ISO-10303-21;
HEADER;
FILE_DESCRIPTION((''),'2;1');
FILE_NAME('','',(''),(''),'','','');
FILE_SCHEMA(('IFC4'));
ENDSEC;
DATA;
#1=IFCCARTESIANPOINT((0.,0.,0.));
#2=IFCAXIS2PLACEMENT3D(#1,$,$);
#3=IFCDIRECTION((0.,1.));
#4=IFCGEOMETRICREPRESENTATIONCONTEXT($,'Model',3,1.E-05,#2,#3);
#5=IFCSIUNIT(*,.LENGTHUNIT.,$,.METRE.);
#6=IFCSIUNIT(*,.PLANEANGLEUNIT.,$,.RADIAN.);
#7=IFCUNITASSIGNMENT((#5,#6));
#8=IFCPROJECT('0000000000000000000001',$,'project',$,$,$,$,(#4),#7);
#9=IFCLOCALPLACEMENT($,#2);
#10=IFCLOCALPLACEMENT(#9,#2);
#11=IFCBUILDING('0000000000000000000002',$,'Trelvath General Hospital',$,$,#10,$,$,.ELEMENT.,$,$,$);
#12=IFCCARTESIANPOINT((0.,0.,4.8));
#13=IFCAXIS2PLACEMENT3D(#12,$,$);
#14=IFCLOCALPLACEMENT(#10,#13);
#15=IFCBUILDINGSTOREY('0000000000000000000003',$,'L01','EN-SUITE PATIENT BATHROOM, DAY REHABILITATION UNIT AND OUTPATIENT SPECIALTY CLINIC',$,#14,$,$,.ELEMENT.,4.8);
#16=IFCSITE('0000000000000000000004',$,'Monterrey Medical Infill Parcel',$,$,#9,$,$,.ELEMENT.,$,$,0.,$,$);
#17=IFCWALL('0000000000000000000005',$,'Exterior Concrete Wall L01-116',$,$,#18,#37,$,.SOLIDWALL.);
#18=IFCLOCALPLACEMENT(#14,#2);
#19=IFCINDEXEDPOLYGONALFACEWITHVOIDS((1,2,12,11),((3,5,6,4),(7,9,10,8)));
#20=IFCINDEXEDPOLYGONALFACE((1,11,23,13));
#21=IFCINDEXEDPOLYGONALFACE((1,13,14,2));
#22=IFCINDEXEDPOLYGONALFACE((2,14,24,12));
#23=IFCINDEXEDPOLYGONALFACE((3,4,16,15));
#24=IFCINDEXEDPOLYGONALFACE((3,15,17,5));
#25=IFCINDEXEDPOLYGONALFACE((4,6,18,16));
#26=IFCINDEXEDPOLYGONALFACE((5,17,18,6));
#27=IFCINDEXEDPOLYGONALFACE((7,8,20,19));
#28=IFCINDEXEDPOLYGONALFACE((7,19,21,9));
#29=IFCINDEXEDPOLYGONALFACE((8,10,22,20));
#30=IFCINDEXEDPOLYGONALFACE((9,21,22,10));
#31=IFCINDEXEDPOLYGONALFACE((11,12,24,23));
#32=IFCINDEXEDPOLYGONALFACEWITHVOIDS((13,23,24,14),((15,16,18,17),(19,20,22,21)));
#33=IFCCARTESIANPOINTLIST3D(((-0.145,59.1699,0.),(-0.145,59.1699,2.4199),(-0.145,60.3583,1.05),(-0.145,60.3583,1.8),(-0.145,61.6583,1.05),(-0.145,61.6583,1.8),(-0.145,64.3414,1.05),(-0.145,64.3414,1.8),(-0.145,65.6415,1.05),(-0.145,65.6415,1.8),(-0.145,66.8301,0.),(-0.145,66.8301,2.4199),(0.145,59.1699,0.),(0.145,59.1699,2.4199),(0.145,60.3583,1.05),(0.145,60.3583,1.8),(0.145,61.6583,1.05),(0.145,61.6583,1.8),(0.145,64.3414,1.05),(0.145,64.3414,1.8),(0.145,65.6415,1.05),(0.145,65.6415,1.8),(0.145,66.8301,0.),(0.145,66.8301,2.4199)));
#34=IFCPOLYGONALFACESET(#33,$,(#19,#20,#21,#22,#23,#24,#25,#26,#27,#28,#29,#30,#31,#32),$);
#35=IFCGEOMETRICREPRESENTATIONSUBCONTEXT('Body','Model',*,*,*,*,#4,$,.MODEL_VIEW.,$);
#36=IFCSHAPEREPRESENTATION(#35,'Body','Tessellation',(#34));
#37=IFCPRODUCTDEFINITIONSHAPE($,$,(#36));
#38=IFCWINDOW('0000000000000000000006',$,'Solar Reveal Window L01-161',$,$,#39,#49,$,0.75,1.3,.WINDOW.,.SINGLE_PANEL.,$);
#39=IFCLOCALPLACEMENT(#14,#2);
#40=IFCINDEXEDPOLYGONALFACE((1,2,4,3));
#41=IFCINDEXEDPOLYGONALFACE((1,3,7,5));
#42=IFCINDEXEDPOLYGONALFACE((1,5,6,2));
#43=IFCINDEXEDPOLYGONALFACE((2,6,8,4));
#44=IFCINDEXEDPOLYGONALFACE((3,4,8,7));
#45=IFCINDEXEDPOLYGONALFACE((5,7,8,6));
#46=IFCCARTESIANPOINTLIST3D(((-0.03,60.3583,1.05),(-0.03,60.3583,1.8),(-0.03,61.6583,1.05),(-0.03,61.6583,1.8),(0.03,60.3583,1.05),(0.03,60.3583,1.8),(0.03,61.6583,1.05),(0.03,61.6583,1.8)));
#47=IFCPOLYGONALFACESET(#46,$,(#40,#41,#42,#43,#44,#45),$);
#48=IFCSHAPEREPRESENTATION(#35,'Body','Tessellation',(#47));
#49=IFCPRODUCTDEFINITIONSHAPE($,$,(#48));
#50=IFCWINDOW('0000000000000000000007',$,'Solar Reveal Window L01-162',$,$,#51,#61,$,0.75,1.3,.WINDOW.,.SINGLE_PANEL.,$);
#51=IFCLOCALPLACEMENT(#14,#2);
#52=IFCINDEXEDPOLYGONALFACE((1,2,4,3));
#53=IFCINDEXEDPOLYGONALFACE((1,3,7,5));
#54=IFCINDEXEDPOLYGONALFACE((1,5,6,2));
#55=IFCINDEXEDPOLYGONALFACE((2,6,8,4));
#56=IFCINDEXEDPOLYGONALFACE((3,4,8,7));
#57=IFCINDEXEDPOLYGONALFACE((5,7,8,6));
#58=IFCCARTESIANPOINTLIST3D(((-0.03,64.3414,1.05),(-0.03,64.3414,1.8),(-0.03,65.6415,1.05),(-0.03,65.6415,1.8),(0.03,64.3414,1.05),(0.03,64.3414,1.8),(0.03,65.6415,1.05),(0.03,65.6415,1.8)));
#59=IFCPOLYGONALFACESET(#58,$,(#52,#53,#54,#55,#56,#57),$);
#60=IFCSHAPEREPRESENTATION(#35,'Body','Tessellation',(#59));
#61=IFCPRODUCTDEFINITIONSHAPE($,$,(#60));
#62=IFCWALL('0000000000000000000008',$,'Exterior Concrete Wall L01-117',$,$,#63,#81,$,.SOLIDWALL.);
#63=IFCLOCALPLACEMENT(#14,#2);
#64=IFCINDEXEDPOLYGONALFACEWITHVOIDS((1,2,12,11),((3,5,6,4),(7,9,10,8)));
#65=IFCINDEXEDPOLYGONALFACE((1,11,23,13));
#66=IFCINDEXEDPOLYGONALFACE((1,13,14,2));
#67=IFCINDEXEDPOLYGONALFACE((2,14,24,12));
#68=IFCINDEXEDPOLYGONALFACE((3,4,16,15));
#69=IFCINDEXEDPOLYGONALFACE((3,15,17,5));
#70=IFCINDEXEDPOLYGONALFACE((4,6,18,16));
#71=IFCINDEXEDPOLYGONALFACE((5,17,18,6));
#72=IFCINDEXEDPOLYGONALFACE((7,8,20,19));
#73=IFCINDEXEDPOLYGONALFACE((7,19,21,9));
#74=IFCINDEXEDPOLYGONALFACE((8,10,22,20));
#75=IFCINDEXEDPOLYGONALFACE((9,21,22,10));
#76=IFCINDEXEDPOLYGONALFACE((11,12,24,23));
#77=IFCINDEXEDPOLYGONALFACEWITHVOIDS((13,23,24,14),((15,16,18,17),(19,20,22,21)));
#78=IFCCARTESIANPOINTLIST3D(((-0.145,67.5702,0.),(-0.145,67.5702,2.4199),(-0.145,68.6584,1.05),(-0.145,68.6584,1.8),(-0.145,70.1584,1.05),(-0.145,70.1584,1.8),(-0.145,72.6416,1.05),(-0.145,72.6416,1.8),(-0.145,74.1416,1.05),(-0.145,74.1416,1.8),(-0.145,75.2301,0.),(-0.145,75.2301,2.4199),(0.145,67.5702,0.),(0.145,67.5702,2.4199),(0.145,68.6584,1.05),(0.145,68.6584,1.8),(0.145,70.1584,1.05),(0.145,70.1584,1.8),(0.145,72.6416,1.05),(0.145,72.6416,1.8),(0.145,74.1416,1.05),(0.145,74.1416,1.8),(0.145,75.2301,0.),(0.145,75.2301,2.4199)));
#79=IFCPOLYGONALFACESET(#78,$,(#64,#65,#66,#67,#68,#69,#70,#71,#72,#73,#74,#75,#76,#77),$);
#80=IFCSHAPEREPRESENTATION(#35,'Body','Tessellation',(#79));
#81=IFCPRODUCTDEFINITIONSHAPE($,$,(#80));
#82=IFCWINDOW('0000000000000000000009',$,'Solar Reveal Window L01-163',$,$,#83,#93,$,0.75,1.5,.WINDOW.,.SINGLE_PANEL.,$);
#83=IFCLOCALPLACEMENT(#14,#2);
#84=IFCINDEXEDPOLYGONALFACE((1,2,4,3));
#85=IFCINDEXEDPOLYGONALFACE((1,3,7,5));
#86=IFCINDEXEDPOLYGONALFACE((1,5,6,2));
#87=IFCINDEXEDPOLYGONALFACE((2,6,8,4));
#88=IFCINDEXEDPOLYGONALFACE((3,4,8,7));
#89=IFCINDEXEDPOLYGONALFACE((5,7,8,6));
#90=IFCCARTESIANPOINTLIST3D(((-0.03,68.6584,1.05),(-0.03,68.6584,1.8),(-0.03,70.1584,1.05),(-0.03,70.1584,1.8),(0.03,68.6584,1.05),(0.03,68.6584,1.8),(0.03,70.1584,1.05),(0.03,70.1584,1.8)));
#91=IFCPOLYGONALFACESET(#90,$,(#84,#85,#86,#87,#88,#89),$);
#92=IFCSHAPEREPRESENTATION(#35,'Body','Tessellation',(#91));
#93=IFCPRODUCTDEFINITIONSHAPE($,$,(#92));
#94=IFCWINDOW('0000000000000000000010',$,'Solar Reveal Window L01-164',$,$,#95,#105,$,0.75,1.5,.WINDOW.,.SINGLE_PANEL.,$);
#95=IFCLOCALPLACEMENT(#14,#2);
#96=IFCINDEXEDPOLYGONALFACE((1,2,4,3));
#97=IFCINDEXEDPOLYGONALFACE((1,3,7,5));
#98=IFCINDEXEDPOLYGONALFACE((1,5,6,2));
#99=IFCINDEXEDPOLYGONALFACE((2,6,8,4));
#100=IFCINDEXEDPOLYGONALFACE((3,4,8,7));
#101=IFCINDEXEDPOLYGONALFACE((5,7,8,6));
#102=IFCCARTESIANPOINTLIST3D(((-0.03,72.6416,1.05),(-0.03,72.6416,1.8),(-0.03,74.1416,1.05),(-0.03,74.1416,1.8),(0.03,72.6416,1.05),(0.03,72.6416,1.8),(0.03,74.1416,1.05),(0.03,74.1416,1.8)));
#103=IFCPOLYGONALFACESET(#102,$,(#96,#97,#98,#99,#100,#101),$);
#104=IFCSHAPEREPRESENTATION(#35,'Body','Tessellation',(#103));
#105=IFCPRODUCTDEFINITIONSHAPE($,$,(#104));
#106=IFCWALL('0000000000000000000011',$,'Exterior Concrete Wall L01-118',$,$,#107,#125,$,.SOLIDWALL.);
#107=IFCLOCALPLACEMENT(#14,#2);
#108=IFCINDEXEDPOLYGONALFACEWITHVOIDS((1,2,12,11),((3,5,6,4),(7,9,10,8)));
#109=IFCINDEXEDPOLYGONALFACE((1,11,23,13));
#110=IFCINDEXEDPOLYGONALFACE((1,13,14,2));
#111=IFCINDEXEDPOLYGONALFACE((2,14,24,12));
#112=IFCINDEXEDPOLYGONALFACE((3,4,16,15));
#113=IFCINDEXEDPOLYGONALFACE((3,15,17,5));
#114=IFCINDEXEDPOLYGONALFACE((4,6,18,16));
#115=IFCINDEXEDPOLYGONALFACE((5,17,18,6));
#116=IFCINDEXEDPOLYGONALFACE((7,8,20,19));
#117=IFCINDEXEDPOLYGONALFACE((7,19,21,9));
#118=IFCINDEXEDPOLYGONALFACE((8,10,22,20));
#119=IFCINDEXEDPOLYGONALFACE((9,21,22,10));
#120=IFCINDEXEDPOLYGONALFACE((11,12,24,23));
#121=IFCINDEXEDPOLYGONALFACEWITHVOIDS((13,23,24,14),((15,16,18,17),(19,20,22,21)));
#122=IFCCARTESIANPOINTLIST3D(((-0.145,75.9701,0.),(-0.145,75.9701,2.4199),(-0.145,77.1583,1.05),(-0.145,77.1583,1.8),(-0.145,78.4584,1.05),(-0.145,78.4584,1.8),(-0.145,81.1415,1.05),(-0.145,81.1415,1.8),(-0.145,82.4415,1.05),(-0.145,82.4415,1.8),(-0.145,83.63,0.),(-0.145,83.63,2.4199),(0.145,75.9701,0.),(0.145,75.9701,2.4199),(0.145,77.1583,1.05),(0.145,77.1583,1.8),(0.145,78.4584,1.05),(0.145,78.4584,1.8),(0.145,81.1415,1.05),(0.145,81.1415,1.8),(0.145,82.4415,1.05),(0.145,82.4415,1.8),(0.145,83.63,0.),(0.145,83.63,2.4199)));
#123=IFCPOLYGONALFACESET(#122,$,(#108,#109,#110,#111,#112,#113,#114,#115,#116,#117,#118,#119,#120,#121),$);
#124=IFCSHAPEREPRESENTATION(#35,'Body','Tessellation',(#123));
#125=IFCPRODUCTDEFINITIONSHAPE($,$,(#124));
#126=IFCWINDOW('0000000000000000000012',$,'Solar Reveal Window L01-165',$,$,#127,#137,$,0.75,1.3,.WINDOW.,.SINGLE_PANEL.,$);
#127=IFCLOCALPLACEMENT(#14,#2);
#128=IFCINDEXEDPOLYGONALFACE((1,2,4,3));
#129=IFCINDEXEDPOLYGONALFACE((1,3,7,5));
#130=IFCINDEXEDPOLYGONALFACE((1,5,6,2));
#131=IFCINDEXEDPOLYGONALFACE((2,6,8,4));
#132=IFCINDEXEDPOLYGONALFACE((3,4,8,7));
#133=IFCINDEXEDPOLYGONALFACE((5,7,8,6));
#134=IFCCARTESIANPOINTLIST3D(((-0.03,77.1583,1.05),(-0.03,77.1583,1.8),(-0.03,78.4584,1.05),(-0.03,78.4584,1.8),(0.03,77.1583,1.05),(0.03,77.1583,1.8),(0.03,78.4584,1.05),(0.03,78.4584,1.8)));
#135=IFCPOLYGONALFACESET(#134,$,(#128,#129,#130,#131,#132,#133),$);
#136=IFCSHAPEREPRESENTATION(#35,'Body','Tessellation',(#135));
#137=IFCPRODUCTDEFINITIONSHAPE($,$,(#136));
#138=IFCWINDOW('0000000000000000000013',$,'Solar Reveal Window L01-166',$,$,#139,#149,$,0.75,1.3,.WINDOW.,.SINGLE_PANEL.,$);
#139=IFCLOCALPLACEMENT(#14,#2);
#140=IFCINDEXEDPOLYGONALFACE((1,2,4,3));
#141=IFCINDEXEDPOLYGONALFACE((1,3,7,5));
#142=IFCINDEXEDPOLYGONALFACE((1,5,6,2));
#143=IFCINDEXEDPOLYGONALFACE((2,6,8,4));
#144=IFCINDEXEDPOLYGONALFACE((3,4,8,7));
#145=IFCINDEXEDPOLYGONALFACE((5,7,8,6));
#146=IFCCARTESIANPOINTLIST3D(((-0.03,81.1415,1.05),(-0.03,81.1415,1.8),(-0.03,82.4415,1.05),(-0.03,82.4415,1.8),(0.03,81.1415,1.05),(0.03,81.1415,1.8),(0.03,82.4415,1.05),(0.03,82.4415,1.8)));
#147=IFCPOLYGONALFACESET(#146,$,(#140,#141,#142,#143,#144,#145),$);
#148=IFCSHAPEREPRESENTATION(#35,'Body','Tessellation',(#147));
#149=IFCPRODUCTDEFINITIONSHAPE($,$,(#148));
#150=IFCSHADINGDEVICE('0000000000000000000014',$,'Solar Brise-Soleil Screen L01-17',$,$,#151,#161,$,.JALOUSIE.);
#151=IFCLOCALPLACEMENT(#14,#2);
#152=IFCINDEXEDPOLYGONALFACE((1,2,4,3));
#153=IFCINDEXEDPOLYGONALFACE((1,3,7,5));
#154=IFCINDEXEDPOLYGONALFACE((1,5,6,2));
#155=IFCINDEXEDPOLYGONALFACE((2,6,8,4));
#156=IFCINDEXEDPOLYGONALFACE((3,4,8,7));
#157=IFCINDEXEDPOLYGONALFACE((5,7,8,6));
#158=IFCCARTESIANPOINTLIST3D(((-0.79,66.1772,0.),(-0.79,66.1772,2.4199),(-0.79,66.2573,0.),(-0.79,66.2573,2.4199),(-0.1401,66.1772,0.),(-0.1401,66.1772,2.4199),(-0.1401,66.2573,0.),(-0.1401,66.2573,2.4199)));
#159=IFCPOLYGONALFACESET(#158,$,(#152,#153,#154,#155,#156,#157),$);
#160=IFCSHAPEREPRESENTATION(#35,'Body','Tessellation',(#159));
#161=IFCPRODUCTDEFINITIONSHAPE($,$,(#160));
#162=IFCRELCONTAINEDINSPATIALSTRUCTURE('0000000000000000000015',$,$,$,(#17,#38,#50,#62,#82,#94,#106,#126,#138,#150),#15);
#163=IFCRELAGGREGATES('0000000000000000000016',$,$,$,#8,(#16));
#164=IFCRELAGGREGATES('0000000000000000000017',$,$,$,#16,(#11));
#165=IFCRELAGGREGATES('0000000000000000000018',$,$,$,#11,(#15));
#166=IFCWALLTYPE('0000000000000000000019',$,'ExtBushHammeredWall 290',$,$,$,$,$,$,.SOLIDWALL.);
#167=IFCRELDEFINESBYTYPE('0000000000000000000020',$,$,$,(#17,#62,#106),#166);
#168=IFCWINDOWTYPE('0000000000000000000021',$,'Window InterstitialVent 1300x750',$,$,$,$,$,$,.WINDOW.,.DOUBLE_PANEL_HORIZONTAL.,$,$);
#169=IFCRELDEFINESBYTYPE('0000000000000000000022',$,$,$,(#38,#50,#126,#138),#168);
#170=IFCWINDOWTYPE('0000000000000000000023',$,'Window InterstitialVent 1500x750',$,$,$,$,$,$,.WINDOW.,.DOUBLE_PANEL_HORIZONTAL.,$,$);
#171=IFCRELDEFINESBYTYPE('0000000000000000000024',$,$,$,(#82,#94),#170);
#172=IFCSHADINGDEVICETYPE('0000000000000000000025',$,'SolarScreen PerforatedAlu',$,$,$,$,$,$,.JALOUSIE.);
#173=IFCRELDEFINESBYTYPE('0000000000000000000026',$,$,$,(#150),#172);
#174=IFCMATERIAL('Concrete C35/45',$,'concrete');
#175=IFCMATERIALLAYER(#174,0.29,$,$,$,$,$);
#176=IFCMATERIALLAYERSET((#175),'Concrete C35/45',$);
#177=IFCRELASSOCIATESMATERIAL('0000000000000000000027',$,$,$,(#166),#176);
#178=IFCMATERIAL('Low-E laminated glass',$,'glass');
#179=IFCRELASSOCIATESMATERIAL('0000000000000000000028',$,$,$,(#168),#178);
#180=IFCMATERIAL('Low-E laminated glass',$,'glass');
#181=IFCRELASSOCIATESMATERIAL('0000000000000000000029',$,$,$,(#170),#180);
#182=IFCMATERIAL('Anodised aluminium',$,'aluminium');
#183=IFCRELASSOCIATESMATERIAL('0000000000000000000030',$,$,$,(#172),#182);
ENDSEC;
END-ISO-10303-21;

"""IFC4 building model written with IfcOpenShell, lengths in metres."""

from ifc_helpers import new_model, si_unit, direction, frame, frame_2d, origin, origin_2d, place, context, subcontext, project, spatial, rectangle, extrude, material, layer, layer_set, type_object, element, fill, save


model = new_model("IFC4")

# Units and contexts
model_context = context("Model", 3, precision=1e-05, world=origin(), true_north=direction((0.0, 1.0)))
body_context = subcontext(model_context, "Body", "Model", "MODEL_VIEW")
ifc_project = project(units=[si_unit("LENGTHUNIT", "METRE"), si_unit("PLANEANGLEUNIT", "RADIAN")], contexts=[model_context])

# Site, building, storey
site_placement = place(None, origin())
site = spatial("IfcSite", under=ifc_project, at=site_placement, Name="Monterrey Medical Infill Parcel", CompositionType="ELEMENT", RefElevation=0.0)
building_placement = place(site_placement, origin())
building = spatial("IfcBuilding", under=site, at=building_placement, Name="Trelvath General Hospital", CompositionType="ELEMENT")
storey_placement = place(building_placement, frame((0.0, 0.0, 4.8)))
storey = spatial("IfcBuildingStorey", under=building, at=storey_placement, Name="L01", Description="EN-SUITE PATIENT BATHROOM, DAY REHABILITATION UNIT AND OUTPATIENT SPECIALTY CLINIC", CompositionType="ELEMENT", Elevation=4.8)

# Walls, openings, windows
ifc_material_1 = material(Name="Concrete C35/45", Category="concrete")
ifc_layer_1 = layer(ifc_material_1, 0.29)
ifc_layer_set_1 = layer_set([ifc_layer_1], Name="Concrete C35/45")
wall_type_1 = type_object("IfcWallType", Name="ExtBushHammeredWall 290", PredefinedType="SOLIDWALL", material=ifc_layer_set_1)
wall_1_placement = place(storey_placement, frame((0.0, 59.1699, 0.0), z_axis=(0.0, 0.0, 1.0), x_axis=(0.0, 1.0, 0.0)))
wall_1 = element("IfcWall", 1, at=wall_1_placement, inside=storey, type_object=wall_type_1, Name="Exterior Concrete Wall L01-116", PredefinedType="SOLIDWALL", context=body_context, shape_type="SweptSolid", body=[
    extrude(rectangle(XDim=7.6602, YDim=0.29, at=frame_2d((3.8301, 0.0))), origin(), (0.0, 0.0, 1.0), 2.4199),
])
opening_1_placement = place(wall_1_placement, frame((1.1885, 0.0, 1.05)))
opening_1 = element("IfcOpeningElement", 2, at=opening_1_placement, cuts=wall_1, PredefinedType="OPENING", context=body_context, shape_type="SweptSolid", body=[
    extrude(rectangle(XDim=1.3, YDim=0.75, at=frame_2d((0.6499, 0.375))), frame((0.0, 0.155, 0.0), z_axis=(0.0, -1.0, 0.0), x_axis=(1.0, 0.0, 0.0)), (0.0, 0.0, 1.0), 0.3101),
])
opening_2_placement = place(wall_1_placement, frame((5.1716, 0.0, 1.05)))
opening_2 = element("IfcOpeningElement", 3, at=opening_2_placement, cuts=wall_1, PredefinedType="OPENING", context=body_context, shape_type="SweptSolid", body=[
    extrude(rectangle(XDim=1.3, YDim=0.75, at=frame_2d((0.6499, 0.375))), frame((0.0, 0.155, 0.0), z_axis=(0.0, -1.0, 0.0), x_axis=(1.0, 0.0, 0.0)), (0.0, 0.0, 1.0), 0.3101),
])
ifc_material_2 = material(Name="Low-E laminated glass", Category="glass")
window_type_1 = type_object("IfcWindowType", Name="Window InterstitialVent 1300x750", PartitioningType="DOUBLE_PANEL_HORIZONTAL", PredefinedType="WINDOW", material=ifc_material_2)
window_1_placement = place(opening_1_placement, origin())
window_1 = element("IfcWindow", 4, at=window_1_placement, inside=storey, type_object=window_type_1, Name="Solar Reveal Window L01-161", OverallHeight=0.75, OverallWidth=1.3, PartitioningType="SINGLE_PANEL", PredefinedType="WINDOW", context=body_context, shape_type="SweptSolid", body=[
    extrude(rectangle(XDim=1.3, YDim=0.75, at=frame_2d((0.6499, 0.375))), frame((0.0, 0.03, 0.0), z_axis=(0.0, -1.0, 0.0), x_axis=(1.0, 0.0, 0.0)), (0.0, 0.0, 1.0), 0.0601),
])
fill(opening_1, window_1)
window_2_placement = place(opening_2_placement, origin())
window_2 = element("IfcWindow", 5, at=window_2_placement, inside=storey, type_object=window_type_1, Name="Solar Reveal Window L01-162", OverallHeight=0.75, OverallWidth=1.3, PartitioningType="SINGLE_PANEL", PredefinedType="WINDOW", context=body_context, shape_type="SweptSolid", body=[
    extrude(rectangle(XDim=1.3, YDim=0.75, at=frame_2d((0.6499, 0.375))), frame((0.0, 0.03, 0.0), z_axis=(0.0, -1.0, 0.0), x_axis=(1.0, 0.0, 0.0)), (0.0, 0.0, 1.0), 0.0601),
])
fill(opening_2, window_2)
wall_2_placement = place(storey_placement, frame((0.0, 67.5701, 0.0), z_axis=(0.0, 0.0, 1.0), x_axis=(0.0, 1.0, 0.0)))
wall_2 = element("IfcWall", 6, at=wall_2_placement, inside=storey, type_object=wall_type_1, Name="Exterior Concrete Wall L01-117", PredefinedType="SOLIDWALL", context=body_context, shape_type="SweptSolid", body=[
    extrude(rectangle(XDim=7.6599, YDim=0.29, at=frame_2d((3.8301, 0.0))), origin(), (0.0, 0.0, 1.0), 2.4199),
])
opening_3_placement = place(wall_2_placement, frame((1.0884, 0.0, 1.05)))
opening_3 = element("IfcOpeningElement", 7, at=opening_3_placement, cuts=wall_2, PredefinedType="OPENING", context=body_context, shape_type="SweptSolid", body=[
    extrude(rectangle(XDim=1.5, YDim=0.75, at=frame_2d((0.75, 0.375))), frame((0.0, 0.155, 0.0), z_axis=(0.0, -1.0, 0.0), x_axis=(1.0, 0.0, 0.0)), (0.0, 0.0, 1.0), 0.3101),
])
opening_4_placement = place(wall_2_placement, frame((5.0715, 0.0, 1.05)))
opening_4 = element("IfcOpeningElement", 8, at=opening_4_placement, cuts=wall_2, PredefinedType="OPENING", context=body_context, shape_type="SweptSolid", body=[
    extrude(rectangle(XDim=1.5, YDim=0.75, at=frame_2d((0.75, 0.375))), frame((0.0, 0.155, 0.0), z_axis=(0.0, -1.0, 0.0), x_axis=(1.0, 0.0, 0.0)), (0.0, 0.0, 1.0), 0.3101),
])
ifc_material_3 = material(Name="Low-E laminated glass", Category="glass")
window_type_2 = type_object("IfcWindowType", Name="Window InterstitialVent 1500x750", PartitioningType="DOUBLE_PANEL_HORIZONTAL", PredefinedType="WINDOW", material=ifc_material_3)
window_3_placement = place(opening_3_placement, origin())
window_3 = element("IfcWindow", 9, at=window_3_placement, inside=storey, type_object=window_type_2, Name="Solar Reveal Window L01-163", OverallHeight=0.75, OverallWidth=1.5, PartitioningType="SINGLE_PANEL", PredefinedType="WINDOW", context=body_context, shape_type="SweptSolid", body=[
    extrude(rectangle(XDim=1.5, YDim=0.75, at=frame_2d((0.75, 0.375))), frame((0.0, 0.03, 0.0), z_axis=(0.0, -1.0, 0.0), x_axis=(1.0, 0.0, 0.0)), (0.0, 0.0, 1.0), 0.0601),
])
fill(opening_3, window_3)
window_4_placement = place(opening_4_placement, origin())
window_4 = element("IfcWindow", 10, at=window_4_placement, inside=storey, type_object=window_type_2, Name="Solar Reveal Window L01-164", OverallHeight=0.75, OverallWidth=1.5, PartitioningType="SINGLE_PANEL", PredefinedType="WINDOW", context=body_context, shape_type="SweptSolid", body=[
    extrude(rectangle(XDim=1.5, YDim=0.75, at=frame_2d((0.75, 0.375))), frame((0.0, 0.03, 0.0), z_axis=(0.0, -1.0, 0.0), x_axis=(1.0, 0.0, 0.0)), (0.0, 0.0, 1.0), 0.0601),
])
fill(opening_4, window_4)
wall_3_placement = place(storey_placement, frame((0.0, 75.97, 0.0), z_axis=(0.0, 0.0, 1.0), x_axis=(0.0, 1.0, 0.0)))
wall_3 = element("IfcWall", 11, at=wall_3_placement, inside=storey, type_object=wall_type_1, Name="Exterior Concrete Wall L01-118", PredefinedType="SOLIDWALL", context=body_context, shape_type="SweptSolid", body=[
    extrude(rectangle(XDim=7.6599, YDim=0.29, at=frame_2d((3.8301, 0.0))), origin(), (0.0, 0.0, 1.0), 2.4199),
])
opening_5_placement = place(wall_3_placement, frame((1.1885, 0.0, 1.05)))
opening_5 = element("IfcOpeningElement", 12, at=opening_5_placement, cuts=wall_3, PredefinedType="OPENING", context=body_context, shape_type="SweptSolid", body=[
    extrude(rectangle(XDim=1.3, YDim=0.75, at=frame_2d((0.6499, 0.375))), frame((0.0, 0.155, 0.0), z_axis=(0.0, -1.0, 0.0), x_axis=(1.0, 0.0, 0.0)), (0.0, 0.0, 1.0), 0.3101),
])
opening_6_placement = place(wall_3_placement, frame((5.1716, 0.0, 1.05)))
opening_6 = element("IfcOpeningElement", 13, at=opening_6_placement, cuts=wall_3, PredefinedType="OPENING", context=body_context, shape_type="SweptSolid", body=[
    extrude(rectangle(XDim=1.3, YDim=0.75, at=frame_2d((0.6499, 0.375))), frame((0.0, 0.155, 0.0), z_axis=(0.0, -1.0, 0.0), x_axis=(1.0, 0.0, 0.0)), (0.0, 0.0, 1.0), 0.3101),
])
window_5_placement = place(opening_5_placement, origin())
window_5 = element("IfcWindow", 14, at=window_5_placement, inside=storey, type_object=window_type_1, Name="Solar Reveal Window L01-165", OverallHeight=0.75, OverallWidth=1.3, PartitioningType="SINGLE_PANEL", PredefinedType="WINDOW", context=body_context, shape_type="SweptSolid", body=[
    extrude(rectangle(XDim=1.3, YDim=0.75, at=frame_2d((0.6499, 0.375))), frame((0.0, 0.03, 0.0), z_axis=(0.0, -1.0, 0.0), x_axis=(1.0, 0.0, 0.0)), (0.0, 0.0, 1.0), 0.0601),
])
fill(opening_5, window_5)
window_6_placement = place(opening_6_placement, origin())
window_6 = element("IfcWindow", 15, at=window_6_placement, inside=storey, type_object=window_type_1, Name="Solar Reveal Window L01-166", OverallHeight=0.75, OverallWidth=1.3, PartitioningType="SINGLE_PANEL", PredefinedType="WINDOW", context=body_context, shape_type="SweptSolid", body=[
    extrude(rectangle(XDim=1.3, YDim=0.75, at=frame_2d((0.6499, 0.375))), frame((0.0, 0.03, 0.0), z_axis=(0.0, -1.0, 0.0), x_axis=(1.0, 0.0, 0.0)), (0.0, 0.0, 1.0), 0.0601),
])
fill(opening_6, window_6)

# Shading device
ifc_material_4 = material(Name="Anodised aluminium", Category="aluminium")
shading_device_type = type_object("IfcShadingDeviceType", Name="SolarScreen PerforatedAlu", PredefinedType="JALOUSIE", material=ifc_material_4)
shading_device_placement = place(storey_placement, frame((-0.4651, 66.2173, 0.0), z_axis=(0.0, 0.0, 1.0), x_axis=(-1.0, 0.0, 0.0)))
element("IfcShadingDevice", 16, at=shading_device_placement, inside=storey, type_object=shading_device_type, Name="Solar Brise-Soleil Screen L01-17", PredefinedType="JALOUSIE", context=body_context, shape_type="SweptSolid", body=[
    extrude(rectangle(XDim=0.6499, YDim=0.0801, at=origin_2d()), origin(), (0.0, 0.0, 1.0), 2.4199),
])

save(model, "model.ifc")
